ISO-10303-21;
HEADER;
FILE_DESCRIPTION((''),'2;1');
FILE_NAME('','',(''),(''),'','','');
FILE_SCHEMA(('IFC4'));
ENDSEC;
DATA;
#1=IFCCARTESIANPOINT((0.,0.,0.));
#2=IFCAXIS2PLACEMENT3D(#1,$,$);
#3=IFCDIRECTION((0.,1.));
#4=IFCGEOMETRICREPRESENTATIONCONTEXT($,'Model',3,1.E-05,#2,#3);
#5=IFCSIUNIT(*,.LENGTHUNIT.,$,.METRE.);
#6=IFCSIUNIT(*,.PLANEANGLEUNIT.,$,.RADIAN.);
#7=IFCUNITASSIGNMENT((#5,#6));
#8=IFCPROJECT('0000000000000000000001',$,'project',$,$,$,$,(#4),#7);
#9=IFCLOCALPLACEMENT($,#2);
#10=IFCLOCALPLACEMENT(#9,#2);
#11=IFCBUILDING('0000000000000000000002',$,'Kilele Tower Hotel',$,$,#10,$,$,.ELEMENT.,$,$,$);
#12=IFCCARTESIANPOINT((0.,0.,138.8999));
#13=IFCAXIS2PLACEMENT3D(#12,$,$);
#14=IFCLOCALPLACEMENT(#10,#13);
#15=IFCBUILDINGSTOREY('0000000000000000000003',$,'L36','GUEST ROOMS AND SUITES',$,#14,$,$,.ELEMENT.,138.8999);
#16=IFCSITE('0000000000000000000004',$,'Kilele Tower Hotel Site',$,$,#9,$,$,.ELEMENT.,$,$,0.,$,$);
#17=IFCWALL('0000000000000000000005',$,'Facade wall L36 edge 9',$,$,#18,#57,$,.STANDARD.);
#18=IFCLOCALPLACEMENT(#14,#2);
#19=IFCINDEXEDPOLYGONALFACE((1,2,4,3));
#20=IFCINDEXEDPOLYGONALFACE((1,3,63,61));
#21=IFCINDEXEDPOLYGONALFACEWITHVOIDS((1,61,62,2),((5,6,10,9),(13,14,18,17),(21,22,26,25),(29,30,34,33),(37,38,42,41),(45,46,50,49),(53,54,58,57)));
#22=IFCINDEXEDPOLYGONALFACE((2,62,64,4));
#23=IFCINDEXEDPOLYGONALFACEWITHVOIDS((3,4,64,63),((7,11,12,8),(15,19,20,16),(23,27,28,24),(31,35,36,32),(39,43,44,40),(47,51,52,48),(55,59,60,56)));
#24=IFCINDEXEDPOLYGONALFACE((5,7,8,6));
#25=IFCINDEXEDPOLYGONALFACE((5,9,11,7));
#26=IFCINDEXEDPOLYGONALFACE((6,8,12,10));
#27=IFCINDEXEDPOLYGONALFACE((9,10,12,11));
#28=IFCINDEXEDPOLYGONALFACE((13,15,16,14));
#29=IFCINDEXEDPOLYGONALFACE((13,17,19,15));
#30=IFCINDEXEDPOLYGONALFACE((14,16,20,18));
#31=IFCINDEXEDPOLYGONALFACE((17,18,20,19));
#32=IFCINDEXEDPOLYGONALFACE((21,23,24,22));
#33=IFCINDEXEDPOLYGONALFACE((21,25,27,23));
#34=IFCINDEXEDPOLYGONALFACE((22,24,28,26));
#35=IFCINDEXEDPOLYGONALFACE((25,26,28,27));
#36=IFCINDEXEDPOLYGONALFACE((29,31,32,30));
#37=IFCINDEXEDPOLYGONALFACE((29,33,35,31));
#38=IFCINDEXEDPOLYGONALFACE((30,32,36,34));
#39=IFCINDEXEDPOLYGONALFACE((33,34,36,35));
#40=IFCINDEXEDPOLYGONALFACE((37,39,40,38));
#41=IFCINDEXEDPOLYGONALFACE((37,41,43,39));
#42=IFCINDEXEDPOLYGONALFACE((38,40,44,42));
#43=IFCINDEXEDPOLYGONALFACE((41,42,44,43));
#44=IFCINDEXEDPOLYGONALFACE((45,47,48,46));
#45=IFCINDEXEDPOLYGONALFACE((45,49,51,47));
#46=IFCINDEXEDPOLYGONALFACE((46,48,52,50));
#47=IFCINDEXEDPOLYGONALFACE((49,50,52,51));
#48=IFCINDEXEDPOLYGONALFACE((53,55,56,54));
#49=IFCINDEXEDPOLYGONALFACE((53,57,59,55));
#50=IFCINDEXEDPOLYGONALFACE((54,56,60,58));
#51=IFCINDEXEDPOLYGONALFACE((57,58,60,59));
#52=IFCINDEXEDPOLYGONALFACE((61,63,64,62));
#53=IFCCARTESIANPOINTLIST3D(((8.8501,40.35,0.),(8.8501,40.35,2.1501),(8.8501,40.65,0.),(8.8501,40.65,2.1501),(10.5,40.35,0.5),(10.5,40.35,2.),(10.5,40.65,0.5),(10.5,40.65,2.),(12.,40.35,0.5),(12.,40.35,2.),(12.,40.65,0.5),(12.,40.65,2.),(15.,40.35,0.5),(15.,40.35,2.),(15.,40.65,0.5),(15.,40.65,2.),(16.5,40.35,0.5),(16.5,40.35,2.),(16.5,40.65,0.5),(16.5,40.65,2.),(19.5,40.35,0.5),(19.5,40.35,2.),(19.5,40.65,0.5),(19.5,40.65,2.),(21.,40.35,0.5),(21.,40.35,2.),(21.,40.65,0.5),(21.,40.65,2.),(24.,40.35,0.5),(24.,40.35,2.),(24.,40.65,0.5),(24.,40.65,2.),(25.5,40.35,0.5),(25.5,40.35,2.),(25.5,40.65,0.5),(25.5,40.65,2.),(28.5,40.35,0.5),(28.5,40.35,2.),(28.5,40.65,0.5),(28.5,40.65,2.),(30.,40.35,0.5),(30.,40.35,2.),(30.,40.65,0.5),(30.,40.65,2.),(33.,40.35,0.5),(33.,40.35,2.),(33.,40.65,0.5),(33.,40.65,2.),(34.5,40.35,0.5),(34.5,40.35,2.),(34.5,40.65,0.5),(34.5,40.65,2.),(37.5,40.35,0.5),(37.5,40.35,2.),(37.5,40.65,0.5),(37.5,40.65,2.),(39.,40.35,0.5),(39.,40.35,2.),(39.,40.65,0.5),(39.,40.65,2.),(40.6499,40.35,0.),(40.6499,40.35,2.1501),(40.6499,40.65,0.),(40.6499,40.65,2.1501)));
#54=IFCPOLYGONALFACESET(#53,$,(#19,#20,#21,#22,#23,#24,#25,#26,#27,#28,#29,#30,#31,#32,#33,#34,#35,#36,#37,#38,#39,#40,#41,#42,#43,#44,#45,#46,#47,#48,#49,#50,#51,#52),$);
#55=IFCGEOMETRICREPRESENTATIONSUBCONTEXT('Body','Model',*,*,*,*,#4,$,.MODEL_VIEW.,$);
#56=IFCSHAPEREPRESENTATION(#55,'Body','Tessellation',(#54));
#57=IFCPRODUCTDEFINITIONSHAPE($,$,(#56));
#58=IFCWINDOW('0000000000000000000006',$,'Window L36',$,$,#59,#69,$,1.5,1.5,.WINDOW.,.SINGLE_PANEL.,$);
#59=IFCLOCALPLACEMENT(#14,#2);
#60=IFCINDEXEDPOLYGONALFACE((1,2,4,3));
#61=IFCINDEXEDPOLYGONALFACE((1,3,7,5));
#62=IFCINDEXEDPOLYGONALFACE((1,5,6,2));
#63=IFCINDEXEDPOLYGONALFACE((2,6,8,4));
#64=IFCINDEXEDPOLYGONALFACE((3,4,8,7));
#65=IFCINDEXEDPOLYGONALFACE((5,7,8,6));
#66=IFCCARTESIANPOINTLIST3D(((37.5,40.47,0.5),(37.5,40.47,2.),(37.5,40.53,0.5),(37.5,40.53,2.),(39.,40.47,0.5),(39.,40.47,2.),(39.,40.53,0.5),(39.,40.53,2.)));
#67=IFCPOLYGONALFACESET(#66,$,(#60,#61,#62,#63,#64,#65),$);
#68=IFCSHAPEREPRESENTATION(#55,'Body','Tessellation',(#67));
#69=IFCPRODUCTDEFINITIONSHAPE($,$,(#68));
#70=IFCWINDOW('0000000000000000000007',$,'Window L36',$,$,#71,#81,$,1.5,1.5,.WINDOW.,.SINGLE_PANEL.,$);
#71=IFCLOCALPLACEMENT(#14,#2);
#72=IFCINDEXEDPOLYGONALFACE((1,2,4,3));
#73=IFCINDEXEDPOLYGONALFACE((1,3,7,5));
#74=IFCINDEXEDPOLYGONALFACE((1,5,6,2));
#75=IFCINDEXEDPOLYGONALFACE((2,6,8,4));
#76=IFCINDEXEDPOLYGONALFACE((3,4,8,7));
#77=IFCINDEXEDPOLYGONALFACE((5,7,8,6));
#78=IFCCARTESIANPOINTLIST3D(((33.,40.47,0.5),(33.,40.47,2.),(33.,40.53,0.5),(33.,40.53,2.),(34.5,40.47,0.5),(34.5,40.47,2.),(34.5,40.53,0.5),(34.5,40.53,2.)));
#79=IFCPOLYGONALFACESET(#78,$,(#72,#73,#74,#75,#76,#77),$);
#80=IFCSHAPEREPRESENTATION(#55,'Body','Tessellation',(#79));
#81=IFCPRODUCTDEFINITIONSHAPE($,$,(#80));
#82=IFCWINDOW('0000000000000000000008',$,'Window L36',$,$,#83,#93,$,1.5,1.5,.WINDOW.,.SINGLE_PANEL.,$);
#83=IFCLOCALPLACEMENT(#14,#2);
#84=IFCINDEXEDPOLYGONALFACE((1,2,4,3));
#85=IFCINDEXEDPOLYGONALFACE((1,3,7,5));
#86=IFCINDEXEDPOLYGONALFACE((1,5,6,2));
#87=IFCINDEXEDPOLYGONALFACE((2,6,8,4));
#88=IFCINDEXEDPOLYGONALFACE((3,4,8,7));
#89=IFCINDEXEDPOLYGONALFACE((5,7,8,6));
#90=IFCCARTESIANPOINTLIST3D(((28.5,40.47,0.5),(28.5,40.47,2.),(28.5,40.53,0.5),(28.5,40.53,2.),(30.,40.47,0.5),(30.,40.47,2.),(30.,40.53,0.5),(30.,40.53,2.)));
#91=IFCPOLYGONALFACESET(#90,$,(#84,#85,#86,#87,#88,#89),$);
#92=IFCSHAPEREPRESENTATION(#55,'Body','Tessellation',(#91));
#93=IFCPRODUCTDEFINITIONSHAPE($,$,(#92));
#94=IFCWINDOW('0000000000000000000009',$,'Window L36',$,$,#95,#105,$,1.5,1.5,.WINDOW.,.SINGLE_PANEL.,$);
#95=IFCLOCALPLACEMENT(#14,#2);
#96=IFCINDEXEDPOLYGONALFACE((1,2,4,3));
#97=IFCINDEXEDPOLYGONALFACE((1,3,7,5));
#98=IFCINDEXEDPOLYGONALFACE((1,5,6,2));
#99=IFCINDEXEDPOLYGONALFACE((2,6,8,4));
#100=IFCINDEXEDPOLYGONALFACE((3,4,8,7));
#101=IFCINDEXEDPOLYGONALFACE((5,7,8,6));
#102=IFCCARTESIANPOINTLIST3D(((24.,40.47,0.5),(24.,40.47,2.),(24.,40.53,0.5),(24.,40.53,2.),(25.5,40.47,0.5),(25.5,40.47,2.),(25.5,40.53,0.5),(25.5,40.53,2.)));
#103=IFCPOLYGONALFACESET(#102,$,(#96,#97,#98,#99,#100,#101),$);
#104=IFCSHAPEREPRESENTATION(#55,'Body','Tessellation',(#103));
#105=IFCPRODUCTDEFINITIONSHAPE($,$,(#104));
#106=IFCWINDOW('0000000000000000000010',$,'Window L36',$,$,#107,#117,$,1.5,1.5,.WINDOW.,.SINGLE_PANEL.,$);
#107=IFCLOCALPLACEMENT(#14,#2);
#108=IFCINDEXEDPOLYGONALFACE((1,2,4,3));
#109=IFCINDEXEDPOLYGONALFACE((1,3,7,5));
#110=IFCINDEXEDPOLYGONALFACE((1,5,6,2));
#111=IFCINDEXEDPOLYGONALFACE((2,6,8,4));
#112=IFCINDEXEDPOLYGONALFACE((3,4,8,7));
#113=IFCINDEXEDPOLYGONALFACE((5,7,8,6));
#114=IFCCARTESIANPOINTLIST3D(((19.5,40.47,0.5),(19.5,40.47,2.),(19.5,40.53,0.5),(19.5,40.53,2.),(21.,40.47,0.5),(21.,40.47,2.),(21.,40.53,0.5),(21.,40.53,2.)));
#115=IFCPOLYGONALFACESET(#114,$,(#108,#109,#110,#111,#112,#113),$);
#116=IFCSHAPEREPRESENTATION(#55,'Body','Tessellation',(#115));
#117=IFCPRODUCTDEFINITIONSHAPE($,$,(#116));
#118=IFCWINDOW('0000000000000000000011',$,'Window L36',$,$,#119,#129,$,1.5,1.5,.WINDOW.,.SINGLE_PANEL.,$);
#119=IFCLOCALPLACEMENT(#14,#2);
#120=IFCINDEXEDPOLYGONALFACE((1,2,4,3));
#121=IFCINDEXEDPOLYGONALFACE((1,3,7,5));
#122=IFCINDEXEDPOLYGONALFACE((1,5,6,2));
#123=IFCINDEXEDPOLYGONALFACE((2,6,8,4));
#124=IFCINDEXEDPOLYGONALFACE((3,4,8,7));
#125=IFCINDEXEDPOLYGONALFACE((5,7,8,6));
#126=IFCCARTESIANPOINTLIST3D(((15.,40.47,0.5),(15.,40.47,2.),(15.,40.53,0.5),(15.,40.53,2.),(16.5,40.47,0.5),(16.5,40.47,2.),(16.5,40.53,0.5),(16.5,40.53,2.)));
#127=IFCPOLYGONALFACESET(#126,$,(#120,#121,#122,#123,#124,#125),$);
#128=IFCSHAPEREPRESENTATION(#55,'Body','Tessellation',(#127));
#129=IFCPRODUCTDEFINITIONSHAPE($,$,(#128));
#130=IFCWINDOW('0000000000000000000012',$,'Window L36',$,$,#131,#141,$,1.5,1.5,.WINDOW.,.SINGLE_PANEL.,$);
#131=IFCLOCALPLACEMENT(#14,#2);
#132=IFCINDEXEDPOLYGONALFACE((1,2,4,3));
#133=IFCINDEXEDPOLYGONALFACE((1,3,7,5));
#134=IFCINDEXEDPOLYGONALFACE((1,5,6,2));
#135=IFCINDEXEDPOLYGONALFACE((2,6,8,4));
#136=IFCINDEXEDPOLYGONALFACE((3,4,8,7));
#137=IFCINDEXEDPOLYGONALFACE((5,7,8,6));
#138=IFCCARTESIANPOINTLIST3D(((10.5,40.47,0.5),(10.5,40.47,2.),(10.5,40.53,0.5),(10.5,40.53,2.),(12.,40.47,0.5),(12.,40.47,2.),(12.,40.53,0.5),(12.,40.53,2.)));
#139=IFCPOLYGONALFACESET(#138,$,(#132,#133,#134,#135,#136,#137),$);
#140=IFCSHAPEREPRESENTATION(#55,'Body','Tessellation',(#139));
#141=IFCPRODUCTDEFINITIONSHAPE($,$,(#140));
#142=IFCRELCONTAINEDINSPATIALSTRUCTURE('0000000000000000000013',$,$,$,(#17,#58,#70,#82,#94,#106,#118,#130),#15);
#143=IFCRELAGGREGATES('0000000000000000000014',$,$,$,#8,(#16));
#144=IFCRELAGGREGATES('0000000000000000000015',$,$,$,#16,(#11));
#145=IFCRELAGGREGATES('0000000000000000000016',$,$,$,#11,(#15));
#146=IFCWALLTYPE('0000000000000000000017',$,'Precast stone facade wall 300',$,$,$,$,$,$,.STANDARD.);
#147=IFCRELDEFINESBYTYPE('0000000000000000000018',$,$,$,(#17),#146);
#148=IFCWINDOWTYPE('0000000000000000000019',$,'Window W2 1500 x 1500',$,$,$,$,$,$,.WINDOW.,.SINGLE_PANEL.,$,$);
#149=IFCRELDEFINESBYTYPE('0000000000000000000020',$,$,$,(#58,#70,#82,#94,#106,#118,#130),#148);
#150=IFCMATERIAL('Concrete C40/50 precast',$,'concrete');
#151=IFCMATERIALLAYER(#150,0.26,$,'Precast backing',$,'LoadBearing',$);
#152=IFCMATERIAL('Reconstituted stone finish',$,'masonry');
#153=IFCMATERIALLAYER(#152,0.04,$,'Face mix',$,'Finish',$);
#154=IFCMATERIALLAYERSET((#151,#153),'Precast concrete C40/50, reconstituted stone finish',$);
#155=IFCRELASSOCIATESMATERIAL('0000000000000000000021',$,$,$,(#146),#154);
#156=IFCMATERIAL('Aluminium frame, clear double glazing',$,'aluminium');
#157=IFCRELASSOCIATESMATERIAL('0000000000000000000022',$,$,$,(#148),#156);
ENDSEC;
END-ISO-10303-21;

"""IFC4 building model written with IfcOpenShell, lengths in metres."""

from ifc_helpers import new_model, si_unit, direction, frame, frame_2d, origin, place, context, subcontext, project, spatial, rectangle, extrude, material, layer, layer_set, type_object, element, fill, save


model = new_model("IFC4")

# Units and contexts
model_context = context("Model", 3, precision=1e-05, world=origin(), true_north=direction((0.0, 1.0)))
body_context = subcontext(model_context, "Body", "Model", "MODEL_VIEW")
ifc_project = project(units=[si_unit("LENGTHUNIT", "METRE"), si_unit("PLANEANGLEUNIT", "RADIAN")], contexts=[model_context])

# Site, building, storey
site_placement = place(None, origin())
site = spatial("IfcSite", under=ifc_project, at=site_placement, Name="Kilele Tower Hotel Site", CompositionType="ELEMENT", RefElevation=0.0)
building_placement = place(site_placement, origin())
building = spatial("IfcBuilding", under=site, at=building_placement, Name="Kilele Tower Hotel", CompositionType="ELEMENT")
storey_placement = place(building_placement, frame((0.0, 0.0, 138.8999)))
storey = spatial("IfcBuildingStorey", under=building, at=storey_placement, Name="L36", Description="GUEST ROOMS AND SUITES", CompositionType="ELEMENT", Elevation=138.8999)

# Shared definitions
ifc_material_1 = material(Name="Concrete C40/50 precast", Category="concrete")
ifc_layer_1 = layer(ifc_material_1, 0.26, Name="Precast backing", Category="LoadBearing")
ifc_material_2 = material(Name="Reconstituted stone finish", Category="masonry")
ifc_layer_2 = layer(ifc_material_2, 0.04, Name="Face mix", Category="Finish")
ifc_layer_set_1 = layer_set([ifc_layer_1, ifc_layer_2], Name="Precast concrete C40/50, reconstituted stone finish")
wall_type_1 = type_object("IfcWallType", Name="Precast stone facade wall 300", PredefinedType="STANDARD", material=ifc_layer_set_1)
ifc_material_3 = material(Name="Aluminium frame, clear double glazing", Category="aluminium")
window_type_1 = type_object("IfcWindowType", Name="Window W2 1500 x 1500", PartitioningType="SINGLE_PANEL", PredefinedType="WINDOW", material=ifc_material_3)

# Wall, openings, windows
wall_1_placement = place(storey_placement, frame((40.6499, 40.5, 0.0), z_axis=(0.0, 0.0, 1.0), x_axis=(-1.0, 0.0, 0.0)))
wall_1 = element("IfcWall", 1, at=wall_1_placement, inside=storey, type_object=wall_type_1, Name="Facade wall L36 edge 9", PredefinedType="STANDARD", context=body_context, shape_type="SweptSolid", body=[
    extrude(rectangle(XDim=31.7998, YDim=0.3, at=frame_2d((15.8999, 0.0))), origin(), (0.0, 0.0, 1.0), 2.1501),
])
opening_1_placement = place(wall_1_placement, frame((1.6499, 0.0, 0.5)))
opening_1 = element("IfcOpeningElement", 2, at=opening_1_placement, cuts=wall_1, PredefinedType="OPENING", context=body_context, shape_type="SweptSolid", body=[
    extrude(rectangle(XDim=1.5, YDim=1.5, at=frame_2d((0.75, 0.75))), frame((0.0, 0.1599, 0.0), z_axis=(0.0, -1.0, 0.0), x_axis=(1.0, 0.0, 0.0)), (0.0, 0.0, 1.0), 0.3201),
])
opening_2_placement = place(wall_1_placement, frame((6.1499, 0.0, 0.5)))
opening_2 = element("IfcOpeningElement", 3, at=opening_2_placement, cuts=wall_1, PredefinedType="OPENING", context=body_context, shape_type="SweptSolid", body=[
    extrude(rectangle(XDim=1.5, YDim=1.5, at=frame_2d((0.75, 0.75))), frame((0.0, 0.1599, 0.0), z_axis=(0.0, -1.0, 0.0), x_axis=(1.0, 0.0, 0.0)), (0.0, 0.0, 1.0), 0.3201),
])
opening_3_placement = place(wall_1_placement, frame((10.6499, 0.0, 0.5)))
opening_3 = element("IfcOpeningElement", 4, at=opening_3_placement, cuts=wall_1, PredefinedType="OPENING", context=body_context, shape_type="SweptSolid", body=[
    extrude(rectangle(XDim=1.5, YDim=1.5, at=frame_2d((0.75, 0.75))), frame((0.0, 0.1599, 0.0), z_axis=(0.0, -1.0, 0.0), x_axis=(1.0, 0.0, 0.0)), (0.0, 0.0, 1.0), 0.3201),
])
opening_4_placement = place(wall_1_placement, frame((15.1499, 0.0, 0.5)))
opening_4 = element("IfcOpeningElement", 5, at=opening_4_placement, cuts=wall_1, PredefinedType="OPENING", context=body_context, shape_type="SweptSolid", body=[
    extrude(rectangle(XDim=1.5, YDim=1.5, at=frame_2d((0.75, 0.75))), frame((0.0, 0.1599, 0.0), z_axis=(0.0, -1.0, 0.0), x_axis=(1.0, 0.0, 0.0)), (0.0, 0.0, 1.0), 0.3201),
])
opening_5_placement = place(wall_1_placement, frame((19.6499, 0.0, 0.5)))
opening_5 = element("IfcOpeningElement", 6, at=opening_5_placement, cuts=wall_1, PredefinedType="OPENING", context=body_context, shape_type="SweptSolid", body=[
    extrude(rectangle(XDim=1.5, YDim=1.5, at=frame_2d((0.75, 0.75))), frame((0.0, 0.1599, 0.0), z_axis=(0.0, -1.0, 0.0), x_axis=(1.0, 0.0, 0.0)), (0.0, 0.0, 1.0), 0.3201),
])
opening_6_placement = place(wall_1_placement, frame((24.1499, 0.0, 0.5)))
opening_6 = element("IfcOpeningElement", 7, at=opening_6_placement, cuts=wall_1, PredefinedType="OPENING", context=body_context, shape_type="SweptSolid", body=[
    extrude(rectangle(XDim=1.5, YDim=1.5, at=frame_2d((0.75, 0.75))), frame((0.0, 0.1599, 0.0), z_axis=(0.0, -1.0, 0.0), x_axis=(1.0, 0.0, 0.0)), (0.0, 0.0, 1.0), 0.3201),
])
opening_7_placement = place(wall_1_placement, frame((28.6499, 0.0, 0.5)))
opening_7 = element("IfcOpeningElement", 8, at=opening_7_placement, cuts=wall_1, PredefinedType="OPENING", context=body_context, shape_type="SweptSolid", body=[
    extrude(rectangle(XDim=1.5, YDim=1.5, at=frame_2d((0.75, 0.75))), frame((0.0, 0.1599, 0.0), z_axis=(0.0, -1.0, 0.0), x_axis=(1.0, 0.0, 0.0)), (0.0, 0.0, 1.0), 0.3201),
])
window_1_placement = place(opening_1_placement, origin())
window_1 = element("IfcWindow", 9, at=window_1_placement, inside=storey, type_object=window_type_1, Name="Window L36", OverallHeight=1.5, OverallWidth=1.5, PartitioningType="SINGLE_PANEL", PredefinedType="WINDOW", context=body_context, shape_type="SweptSolid", body=[
    extrude(rectangle(XDim=1.5, YDim=1.5, at=frame_2d((0.75, 0.75))), frame((0.0, 0.03, 0.0), z_axis=(0.0, -1.0, 0.0), x_axis=(1.0, 0.0, 0.0)), (0.0, 0.0, 1.0), 0.0601),
])
fill(opening_1, window_1)
window_2_placement = place(opening_2_placement, origin())
window_2 = element("IfcWindow", 10, at=window_2_placement, inside=storey, type_object=window_type_1, Name="Window L36", OverallHeight=1.5, OverallWidth=1.5, PartitioningType="SINGLE_PANEL", PredefinedType="WINDOW", context=body_context, shape_type="SweptSolid", body=[
    extrude(rectangle(XDim=1.5, YDim=1.5, at=frame_2d((0.75, 0.75))), frame((0.0, 0.03, 0.0), z_axis=(0.0, -1.0, 0.0), x_axis=(1.0, 0.0, 0.0)), (0.0, 0.0, 1.0), 0.0601),
])
fill(opening_2, window_2)
window_3_placement = place(opening_3_placement, origin())
window_3 = element("IfcWindow", 11, at=window_3_placement, inside=storey, type_object=window_type_1, Name="Window L36", OverallHeight=1.5, OverallWidth=1.5, PartitioningType="SINGLE_PANEL", PredefinedType="WINDOW", context=body_context, shape_type="SweptSolid", body=[
    extrude(rectangle(XDim=1.5, YDim=1.5, at=frame_2d((0.75, 0.75))), frame((0.0, 0.03, 0.0), z_axis=(0.0, -1.0, 0.0), x_axis=(1.0, 0.0, 0.0)), (0.0, 0.0, 1.0), 0.0601),
])
fill(opening_3, window_3)
window_4_placement = place(opening_4_placement, origin())
window_4 = element("IfcWindow", 12, at=window_4_placement, inside=storey, type_object=window_type_1, Name="Window L36", OverallHeight=1.5, OverallWidth=1.5, PartitioningType="SINGLE_PANEL", PredefinedType="WINDOW", context=body_context, shape_type="SweptSolid", body=[
    extrude(rectangle(XDim=1.5, YDim=1.5, at=frame_2d((0.75, 0.75))), frame((0.0, 0.03, 0.0), z_axis=(0.0, -1.0, 0.0), x_axis=(1.0, 0.0, 0.0)), (0.0, 0.0, 1.0), 0.0601),
])
fill(opening_4, window_4)
window_5_placement = place(opening_5_placement, origin())
window_5 = element("IfcWindow", 13, at=window_5_placement, inside=storey, type_object=window_type_1, Name="Window L36", OverallHeight=1.5, OverallWidth=1.5, PartitioningType="SINGLE_PANEL", PredefinedType="WINDOW", context=body_context, shape_type="SweptSolid", body=[
    extrude(rectangle(XDim=1.5, YDim=1.5, at=frame_2d((0.75, 0.75))), frame((0.0, 0.03, 0.0), z_axis=(0.0, -1.0, 0.0), x_axis=(1.0, 0.0, 0.0)), (0.0, 0.0, 1.0), 0.0601),
])
fill(opening_5, window_5)
window_6_placement = place(opening_6_placement, origin())
window_6 = element("IfcWindow", 14, at=window_6_placement, inside=storey, type_object=window_type_1, Name="Window L36", OverallHeight=1.5, OverallWidth=1.5, PartitioningType="SINGLE_PANEL", PredefinedType="WINDOW", context=body_context, shape_type="SweptSolid", body=[
    extrude(rectangle(XDim=1.5, YDim=1.5, at=frame_2d((0.75, 0.75))), frame((0.0, 0.03, 0.0), z_axis=(0.0, -1.0, 0.0), x_axis=(1.0, 0.0, 0.0)), (0.0, 0.0, 1.0), 0.0601),
])
fill(opening_6, window_6)
window_7_placement = place(opening_7_placement, origin())
window_7 = element("IfcWindow", 15, at=window_7_placement, inside=storey, type_object=window_type_1, Name="Window L36", OverallHeight=1.5, OverallWidth=1.5, PartitioningType="SINGLE_PANEL", PredefinedType="WINDOW", context=body_context, shape_type="SweptSolid", body=[
    extrude(rectangle(XDim=1.5, YDim=1.5, at=frame_2d((0.75, 0.75))), frame((0.0, 0.03, 0.0), z_axis=(0.0, -1.0, 0.0), x_axis=(1.0, 0.0, 0.0)), (0.0, 0.0, 1.0), 0.0601),
])
fill(opening_7, window_7)

save(model, "model.ifc")
